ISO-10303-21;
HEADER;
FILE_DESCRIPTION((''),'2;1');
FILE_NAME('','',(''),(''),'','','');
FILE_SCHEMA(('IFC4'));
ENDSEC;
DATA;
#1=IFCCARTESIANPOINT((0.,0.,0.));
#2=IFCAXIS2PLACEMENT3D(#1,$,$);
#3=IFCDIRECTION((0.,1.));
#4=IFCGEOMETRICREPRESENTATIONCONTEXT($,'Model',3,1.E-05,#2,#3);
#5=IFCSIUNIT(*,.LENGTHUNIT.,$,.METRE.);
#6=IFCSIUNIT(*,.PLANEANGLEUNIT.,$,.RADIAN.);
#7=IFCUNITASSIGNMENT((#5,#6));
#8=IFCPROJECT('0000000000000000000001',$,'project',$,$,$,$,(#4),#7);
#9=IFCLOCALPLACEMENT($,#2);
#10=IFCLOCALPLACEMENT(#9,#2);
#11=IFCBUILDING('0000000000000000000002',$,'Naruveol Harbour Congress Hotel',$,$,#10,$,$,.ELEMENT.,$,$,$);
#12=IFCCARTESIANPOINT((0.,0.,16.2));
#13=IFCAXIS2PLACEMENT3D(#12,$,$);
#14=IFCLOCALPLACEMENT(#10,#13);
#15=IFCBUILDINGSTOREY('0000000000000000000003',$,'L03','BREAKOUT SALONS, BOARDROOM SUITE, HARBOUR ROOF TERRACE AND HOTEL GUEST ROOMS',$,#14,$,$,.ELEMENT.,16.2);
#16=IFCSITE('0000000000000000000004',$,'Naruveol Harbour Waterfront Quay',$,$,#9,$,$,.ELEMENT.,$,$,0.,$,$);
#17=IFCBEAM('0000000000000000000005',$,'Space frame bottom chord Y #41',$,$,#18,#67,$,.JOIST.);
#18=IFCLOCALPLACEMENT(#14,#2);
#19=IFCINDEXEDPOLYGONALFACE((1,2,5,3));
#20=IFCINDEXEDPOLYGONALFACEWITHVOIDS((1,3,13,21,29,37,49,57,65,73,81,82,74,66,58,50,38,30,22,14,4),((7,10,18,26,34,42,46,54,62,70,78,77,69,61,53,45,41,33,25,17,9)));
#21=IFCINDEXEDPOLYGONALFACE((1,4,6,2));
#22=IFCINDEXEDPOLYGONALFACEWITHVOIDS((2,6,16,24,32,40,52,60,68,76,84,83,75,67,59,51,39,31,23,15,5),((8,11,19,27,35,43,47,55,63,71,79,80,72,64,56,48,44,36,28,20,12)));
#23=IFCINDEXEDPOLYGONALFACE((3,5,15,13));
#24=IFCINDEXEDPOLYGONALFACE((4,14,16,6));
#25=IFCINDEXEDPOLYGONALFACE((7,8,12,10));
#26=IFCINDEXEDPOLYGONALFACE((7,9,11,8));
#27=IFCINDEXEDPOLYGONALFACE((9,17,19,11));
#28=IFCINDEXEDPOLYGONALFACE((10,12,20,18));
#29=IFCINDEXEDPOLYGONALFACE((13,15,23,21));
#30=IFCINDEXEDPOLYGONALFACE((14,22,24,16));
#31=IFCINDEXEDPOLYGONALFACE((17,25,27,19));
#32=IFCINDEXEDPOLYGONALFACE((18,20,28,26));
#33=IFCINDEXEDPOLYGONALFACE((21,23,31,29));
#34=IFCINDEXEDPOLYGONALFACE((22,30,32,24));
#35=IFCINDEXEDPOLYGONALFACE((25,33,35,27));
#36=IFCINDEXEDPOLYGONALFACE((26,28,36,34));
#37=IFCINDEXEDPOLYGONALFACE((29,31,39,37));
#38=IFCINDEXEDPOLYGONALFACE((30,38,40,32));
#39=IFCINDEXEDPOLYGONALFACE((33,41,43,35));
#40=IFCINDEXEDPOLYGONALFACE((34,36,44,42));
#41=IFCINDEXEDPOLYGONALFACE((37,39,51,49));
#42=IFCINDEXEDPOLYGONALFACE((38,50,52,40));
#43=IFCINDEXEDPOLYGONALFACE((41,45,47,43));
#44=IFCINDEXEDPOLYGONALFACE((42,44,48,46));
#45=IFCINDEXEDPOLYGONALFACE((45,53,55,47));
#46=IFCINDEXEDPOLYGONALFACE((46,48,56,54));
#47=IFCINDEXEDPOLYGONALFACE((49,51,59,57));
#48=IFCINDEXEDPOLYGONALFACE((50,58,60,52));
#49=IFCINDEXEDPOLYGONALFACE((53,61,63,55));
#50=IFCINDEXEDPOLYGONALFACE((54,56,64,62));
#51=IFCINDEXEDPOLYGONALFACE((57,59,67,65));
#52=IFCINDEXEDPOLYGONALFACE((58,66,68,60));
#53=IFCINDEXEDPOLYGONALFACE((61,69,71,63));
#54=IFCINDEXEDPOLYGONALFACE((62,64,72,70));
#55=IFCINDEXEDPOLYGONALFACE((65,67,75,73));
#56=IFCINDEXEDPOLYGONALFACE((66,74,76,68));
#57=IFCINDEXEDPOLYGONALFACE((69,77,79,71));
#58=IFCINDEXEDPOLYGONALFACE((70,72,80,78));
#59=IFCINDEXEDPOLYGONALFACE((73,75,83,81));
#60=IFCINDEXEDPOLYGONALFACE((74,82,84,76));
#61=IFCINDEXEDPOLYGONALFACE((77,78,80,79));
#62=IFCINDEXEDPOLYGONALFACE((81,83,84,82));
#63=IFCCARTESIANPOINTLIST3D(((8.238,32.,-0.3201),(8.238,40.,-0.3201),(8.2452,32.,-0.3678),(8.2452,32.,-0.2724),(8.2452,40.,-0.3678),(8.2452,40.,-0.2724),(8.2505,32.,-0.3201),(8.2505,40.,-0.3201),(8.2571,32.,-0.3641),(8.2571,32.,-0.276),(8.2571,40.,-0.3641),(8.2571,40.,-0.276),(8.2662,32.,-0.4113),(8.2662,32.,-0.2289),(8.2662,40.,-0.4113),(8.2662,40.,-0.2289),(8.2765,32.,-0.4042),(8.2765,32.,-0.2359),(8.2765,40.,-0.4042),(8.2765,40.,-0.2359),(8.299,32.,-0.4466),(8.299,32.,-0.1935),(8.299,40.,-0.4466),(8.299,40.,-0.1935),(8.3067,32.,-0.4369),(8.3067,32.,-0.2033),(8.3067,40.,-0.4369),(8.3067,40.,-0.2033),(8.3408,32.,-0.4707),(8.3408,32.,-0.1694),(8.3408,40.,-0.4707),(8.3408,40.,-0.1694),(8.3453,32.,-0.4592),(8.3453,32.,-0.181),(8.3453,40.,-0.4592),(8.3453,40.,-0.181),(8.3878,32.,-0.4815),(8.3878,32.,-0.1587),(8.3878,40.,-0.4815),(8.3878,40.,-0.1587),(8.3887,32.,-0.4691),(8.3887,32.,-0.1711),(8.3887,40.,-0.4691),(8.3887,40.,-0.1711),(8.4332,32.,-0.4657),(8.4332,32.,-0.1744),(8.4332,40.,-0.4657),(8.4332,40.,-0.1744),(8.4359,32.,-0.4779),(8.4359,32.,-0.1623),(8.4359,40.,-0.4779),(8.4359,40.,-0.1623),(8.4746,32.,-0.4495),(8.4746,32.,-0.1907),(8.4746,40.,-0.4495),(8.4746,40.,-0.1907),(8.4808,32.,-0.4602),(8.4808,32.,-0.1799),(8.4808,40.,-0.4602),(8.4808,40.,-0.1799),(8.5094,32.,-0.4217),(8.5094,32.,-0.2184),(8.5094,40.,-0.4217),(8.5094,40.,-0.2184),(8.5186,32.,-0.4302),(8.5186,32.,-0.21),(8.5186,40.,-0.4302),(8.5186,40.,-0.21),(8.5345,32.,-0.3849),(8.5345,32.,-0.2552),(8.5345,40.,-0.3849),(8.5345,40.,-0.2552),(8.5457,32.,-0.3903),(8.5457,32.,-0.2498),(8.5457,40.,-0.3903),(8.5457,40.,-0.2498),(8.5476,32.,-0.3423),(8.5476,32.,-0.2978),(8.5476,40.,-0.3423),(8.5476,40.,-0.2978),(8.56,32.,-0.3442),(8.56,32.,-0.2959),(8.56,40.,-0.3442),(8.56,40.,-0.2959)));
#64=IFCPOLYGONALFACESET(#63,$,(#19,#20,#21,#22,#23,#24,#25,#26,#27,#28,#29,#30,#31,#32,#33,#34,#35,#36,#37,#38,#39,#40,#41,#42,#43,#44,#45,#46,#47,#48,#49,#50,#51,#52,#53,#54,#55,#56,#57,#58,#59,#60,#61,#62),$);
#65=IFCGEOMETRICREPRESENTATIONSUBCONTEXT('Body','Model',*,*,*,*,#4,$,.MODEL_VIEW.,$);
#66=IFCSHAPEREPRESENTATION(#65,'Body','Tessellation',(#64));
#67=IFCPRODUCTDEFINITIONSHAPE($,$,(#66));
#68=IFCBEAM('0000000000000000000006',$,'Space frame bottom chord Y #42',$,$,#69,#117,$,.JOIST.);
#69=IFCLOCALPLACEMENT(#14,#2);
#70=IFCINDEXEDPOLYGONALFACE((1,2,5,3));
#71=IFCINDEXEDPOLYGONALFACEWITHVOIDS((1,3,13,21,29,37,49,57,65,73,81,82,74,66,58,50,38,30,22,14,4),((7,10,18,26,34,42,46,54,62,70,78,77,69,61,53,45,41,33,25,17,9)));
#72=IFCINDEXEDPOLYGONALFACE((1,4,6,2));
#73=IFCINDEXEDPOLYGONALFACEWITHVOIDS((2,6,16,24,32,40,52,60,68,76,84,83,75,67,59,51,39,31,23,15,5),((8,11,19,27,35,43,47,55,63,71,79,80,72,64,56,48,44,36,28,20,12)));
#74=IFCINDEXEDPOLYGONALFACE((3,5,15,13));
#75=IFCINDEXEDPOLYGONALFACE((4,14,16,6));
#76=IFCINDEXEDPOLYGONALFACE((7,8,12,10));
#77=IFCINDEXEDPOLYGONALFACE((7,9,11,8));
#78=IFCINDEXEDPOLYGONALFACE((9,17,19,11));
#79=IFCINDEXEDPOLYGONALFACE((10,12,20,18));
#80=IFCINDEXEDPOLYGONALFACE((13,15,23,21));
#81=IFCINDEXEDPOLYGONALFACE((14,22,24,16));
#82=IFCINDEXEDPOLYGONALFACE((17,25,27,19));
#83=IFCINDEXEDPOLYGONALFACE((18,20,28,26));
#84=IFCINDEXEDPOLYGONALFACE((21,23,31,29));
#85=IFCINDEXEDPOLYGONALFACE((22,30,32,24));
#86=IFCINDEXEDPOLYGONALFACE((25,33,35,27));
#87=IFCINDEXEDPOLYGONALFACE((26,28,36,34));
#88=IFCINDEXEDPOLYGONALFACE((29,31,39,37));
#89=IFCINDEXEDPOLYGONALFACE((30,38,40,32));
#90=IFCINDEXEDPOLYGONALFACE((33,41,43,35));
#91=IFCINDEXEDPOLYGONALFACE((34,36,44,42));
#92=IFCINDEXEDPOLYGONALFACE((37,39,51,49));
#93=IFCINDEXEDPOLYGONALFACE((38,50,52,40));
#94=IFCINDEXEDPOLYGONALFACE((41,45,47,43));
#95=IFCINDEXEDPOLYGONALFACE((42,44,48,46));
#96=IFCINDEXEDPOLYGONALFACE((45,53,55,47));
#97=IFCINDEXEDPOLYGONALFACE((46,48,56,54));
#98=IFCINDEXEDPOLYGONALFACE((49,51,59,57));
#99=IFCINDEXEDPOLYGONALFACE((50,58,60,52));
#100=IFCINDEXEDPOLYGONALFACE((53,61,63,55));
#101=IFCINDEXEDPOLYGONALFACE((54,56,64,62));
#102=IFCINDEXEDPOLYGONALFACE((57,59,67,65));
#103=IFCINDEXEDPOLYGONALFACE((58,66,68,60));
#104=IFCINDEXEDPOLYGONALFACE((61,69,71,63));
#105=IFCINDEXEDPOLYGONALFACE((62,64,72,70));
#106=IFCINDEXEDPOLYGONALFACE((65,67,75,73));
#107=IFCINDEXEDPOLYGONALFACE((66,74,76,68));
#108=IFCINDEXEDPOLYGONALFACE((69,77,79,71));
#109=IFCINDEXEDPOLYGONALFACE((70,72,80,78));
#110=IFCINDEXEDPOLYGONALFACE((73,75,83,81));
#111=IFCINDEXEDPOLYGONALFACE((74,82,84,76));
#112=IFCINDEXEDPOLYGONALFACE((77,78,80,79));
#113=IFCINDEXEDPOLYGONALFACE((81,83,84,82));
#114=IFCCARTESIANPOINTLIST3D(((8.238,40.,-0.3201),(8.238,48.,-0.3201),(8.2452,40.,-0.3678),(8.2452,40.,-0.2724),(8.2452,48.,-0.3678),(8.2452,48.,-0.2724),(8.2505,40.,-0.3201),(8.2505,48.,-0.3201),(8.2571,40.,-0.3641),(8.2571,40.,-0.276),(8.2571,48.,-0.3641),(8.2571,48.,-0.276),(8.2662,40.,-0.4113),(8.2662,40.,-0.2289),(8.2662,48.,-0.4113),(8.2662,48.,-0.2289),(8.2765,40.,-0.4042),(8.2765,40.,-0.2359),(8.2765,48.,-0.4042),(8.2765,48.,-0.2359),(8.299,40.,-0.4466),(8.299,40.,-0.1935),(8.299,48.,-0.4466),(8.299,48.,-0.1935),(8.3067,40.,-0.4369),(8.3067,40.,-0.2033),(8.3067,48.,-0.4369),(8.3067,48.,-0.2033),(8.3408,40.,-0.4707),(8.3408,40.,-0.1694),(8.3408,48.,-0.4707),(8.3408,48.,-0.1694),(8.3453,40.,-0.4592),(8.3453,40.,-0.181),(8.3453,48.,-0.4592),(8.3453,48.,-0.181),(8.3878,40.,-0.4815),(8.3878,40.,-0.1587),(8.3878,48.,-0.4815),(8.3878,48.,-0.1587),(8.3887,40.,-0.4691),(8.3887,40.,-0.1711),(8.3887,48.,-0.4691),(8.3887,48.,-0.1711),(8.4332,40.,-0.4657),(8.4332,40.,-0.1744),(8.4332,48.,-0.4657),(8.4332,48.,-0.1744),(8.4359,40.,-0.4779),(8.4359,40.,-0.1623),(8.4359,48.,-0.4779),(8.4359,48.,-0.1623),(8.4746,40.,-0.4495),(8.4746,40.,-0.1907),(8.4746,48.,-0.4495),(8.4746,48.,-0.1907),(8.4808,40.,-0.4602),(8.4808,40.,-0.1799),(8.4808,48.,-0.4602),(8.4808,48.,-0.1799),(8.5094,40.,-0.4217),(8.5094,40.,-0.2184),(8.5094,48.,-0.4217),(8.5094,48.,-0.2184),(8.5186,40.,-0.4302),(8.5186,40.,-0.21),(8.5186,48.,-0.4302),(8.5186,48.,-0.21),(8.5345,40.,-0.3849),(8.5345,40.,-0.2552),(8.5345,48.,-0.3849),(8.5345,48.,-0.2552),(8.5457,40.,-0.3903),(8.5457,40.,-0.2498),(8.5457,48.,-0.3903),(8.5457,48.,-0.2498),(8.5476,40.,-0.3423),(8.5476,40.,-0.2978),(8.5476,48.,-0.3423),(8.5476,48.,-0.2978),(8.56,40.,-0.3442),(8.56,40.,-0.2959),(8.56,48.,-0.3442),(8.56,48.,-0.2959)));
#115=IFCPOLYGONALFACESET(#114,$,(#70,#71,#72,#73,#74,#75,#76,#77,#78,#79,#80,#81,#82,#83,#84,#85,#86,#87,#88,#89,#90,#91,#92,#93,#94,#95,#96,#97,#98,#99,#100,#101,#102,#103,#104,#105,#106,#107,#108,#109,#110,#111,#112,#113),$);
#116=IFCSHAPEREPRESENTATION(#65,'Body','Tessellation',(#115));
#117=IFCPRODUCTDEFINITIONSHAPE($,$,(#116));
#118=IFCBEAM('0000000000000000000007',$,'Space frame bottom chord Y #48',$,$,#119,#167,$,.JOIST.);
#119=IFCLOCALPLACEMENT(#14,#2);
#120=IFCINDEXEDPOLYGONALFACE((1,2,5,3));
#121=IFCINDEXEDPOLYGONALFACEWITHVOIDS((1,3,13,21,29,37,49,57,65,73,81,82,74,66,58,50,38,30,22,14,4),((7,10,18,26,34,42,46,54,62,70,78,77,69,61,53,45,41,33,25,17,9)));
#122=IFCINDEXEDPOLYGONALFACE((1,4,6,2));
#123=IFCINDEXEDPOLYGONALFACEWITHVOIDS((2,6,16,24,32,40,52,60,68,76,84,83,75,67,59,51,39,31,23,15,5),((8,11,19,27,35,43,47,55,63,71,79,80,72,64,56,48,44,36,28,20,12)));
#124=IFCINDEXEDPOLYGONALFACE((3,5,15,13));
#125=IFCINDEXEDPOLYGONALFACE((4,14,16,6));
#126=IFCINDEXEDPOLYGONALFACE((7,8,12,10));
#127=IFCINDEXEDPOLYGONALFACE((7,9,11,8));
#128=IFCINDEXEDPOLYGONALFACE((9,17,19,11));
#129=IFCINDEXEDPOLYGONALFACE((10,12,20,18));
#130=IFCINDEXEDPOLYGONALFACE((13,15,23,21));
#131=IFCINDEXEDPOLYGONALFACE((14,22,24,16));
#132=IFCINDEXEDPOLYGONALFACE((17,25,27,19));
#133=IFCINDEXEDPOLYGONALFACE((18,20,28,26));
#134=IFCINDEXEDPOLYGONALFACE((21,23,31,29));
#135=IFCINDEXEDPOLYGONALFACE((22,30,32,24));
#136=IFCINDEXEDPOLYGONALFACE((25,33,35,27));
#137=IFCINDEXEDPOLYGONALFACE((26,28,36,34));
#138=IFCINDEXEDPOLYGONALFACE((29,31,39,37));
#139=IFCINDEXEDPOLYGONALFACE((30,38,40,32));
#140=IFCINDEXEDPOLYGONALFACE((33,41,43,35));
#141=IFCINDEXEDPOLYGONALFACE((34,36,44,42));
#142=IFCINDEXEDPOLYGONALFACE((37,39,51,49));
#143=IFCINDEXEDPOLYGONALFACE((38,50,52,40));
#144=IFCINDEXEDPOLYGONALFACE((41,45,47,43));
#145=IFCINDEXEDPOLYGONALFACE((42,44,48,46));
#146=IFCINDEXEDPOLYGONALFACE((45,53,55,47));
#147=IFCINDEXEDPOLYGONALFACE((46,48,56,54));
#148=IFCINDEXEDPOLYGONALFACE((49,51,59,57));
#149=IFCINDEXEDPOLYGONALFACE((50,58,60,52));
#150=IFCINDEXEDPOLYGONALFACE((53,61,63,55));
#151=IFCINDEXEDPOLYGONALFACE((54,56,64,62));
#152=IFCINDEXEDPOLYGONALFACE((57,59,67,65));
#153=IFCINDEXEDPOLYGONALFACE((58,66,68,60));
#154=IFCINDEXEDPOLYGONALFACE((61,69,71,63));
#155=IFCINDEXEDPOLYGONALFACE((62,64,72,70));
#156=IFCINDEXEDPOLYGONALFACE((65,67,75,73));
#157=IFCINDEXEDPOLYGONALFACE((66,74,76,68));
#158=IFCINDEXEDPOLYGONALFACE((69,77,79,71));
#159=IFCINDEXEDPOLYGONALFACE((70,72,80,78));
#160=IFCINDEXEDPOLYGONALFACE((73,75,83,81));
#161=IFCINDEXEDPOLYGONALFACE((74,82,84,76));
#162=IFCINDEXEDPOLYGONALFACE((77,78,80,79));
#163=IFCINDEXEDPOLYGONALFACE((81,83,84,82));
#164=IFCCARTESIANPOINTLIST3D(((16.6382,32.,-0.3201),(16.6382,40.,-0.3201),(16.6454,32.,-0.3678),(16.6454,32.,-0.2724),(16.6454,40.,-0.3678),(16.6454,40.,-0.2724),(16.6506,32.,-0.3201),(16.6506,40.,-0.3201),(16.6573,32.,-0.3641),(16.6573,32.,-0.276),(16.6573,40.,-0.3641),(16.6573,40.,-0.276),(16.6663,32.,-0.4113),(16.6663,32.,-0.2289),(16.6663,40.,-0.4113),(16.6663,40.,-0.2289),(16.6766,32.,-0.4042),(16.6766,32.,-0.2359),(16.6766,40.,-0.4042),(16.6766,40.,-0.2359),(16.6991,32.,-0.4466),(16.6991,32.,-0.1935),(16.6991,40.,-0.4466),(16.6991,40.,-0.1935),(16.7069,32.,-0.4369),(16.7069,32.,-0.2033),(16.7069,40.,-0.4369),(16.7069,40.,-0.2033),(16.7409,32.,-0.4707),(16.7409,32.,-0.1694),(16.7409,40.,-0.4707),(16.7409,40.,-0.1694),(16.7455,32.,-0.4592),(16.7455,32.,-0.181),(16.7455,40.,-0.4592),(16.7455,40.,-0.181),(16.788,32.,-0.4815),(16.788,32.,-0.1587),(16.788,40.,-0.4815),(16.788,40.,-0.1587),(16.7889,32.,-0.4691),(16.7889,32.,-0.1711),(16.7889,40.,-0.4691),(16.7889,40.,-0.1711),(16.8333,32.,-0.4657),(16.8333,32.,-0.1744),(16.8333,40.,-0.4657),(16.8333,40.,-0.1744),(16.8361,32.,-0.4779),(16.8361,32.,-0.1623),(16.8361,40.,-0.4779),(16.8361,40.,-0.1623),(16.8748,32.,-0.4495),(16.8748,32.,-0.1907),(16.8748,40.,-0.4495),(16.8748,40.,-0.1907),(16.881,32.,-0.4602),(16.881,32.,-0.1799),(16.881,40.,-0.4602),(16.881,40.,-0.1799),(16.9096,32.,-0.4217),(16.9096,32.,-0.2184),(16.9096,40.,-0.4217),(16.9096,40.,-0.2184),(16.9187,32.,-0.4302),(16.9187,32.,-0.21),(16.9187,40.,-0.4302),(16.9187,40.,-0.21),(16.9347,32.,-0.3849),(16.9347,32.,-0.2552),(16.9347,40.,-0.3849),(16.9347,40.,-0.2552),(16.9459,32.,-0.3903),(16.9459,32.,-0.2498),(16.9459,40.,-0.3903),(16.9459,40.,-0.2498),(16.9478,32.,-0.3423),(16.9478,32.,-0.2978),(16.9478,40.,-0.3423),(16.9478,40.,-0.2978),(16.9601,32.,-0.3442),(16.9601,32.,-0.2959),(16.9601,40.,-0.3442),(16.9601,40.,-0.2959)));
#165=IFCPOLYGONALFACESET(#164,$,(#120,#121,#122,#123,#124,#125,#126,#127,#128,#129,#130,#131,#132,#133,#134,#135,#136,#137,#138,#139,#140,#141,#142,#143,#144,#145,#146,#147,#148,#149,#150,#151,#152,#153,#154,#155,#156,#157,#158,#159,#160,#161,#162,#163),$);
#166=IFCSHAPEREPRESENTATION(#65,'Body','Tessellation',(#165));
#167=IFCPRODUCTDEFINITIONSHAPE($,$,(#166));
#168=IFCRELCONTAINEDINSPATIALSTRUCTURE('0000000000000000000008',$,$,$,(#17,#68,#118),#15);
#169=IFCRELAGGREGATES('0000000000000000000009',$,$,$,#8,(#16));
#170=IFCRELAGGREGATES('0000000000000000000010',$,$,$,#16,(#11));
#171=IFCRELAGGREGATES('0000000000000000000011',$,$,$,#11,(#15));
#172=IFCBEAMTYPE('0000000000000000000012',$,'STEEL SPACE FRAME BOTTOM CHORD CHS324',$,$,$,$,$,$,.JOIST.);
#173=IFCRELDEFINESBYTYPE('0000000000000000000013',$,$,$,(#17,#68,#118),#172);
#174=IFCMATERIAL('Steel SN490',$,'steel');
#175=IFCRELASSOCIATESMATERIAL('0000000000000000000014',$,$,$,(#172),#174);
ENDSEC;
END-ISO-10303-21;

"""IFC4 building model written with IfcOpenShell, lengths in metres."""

from ifc_helpers import new_model, si_unit, direction, frame, origin, origin_2d, place, context, subcontext, project, spatial, hollow_circle, extrude, material, material_profile, profile_set, type_object, element, save


model = new_model("IFC4")

# Units and contexts
model_context = context("Model", 3, precision=1e-05, world=origin(), true_north=direction((0.0, 1.0)))
body_context = subcontext(model_context, "Body", "Model", "MODEL_VIEW")
ifc_project = project(units=[si_unit("LENGTHUNIT", "METRE"), si_unit("PLANEANGLEUNIT", "RADIAN")], contexts=[model_context])

# Site, building, storey
site_placement = place(None, origin())
site = spatial("IfcSite", under=ifc_project, at=site_placement, Name="Naruveol Harbour Waterfront Quay", CompositionType="ELEMENT", RefElevation=0.0)
building_placement = place(site_placement, origin())
building = spatial("IfcBuilding", under=site, at=building_placement, Name="Naruveol Harbour Congress Hotel", CompositionType="ELEMENT")
storey_placement = place(building_placement, frame((0.0, 0.0, 16.2)))
storey = spatial("IfcBuildingStorey", under=building, at=storey_placement, Name="L03", Description="BREAKOUT SALONS, BOARDROOM SUITE, HARBOUR ROOF TERRACE AND HOTEL GUEST ROOMS", CompositionType="ELEMENT", Elevation=16.2)

# Beams
ifc_material_1 = material(Name="Steel SN490", Category="steel")
ifc_material_profile_1 = material_profile(ifc_material_1, hollow_circle(Radius=0.1619, WallThickness=0.0125, at=origin_2d()), Name="CHS-323.9x12.5")
ifc_profile_set_1 = profile_set([ifc_material_profile_1], Name="Steel SN490")
beam_type_1 = type_object("IfcBeamType", Name="STEEL SPACE FRAME BOTTOM CHORD CHS324", PredefinedType="JOIST", material=ifc_profile_set_1)
for number, where, z_axis, x_axis, name in (
    (1, (8.3999, 32.0, -0.3201), (0.0, 1.0, 0.0), (-1.0, 0.0, 0.0), "Space frame bottom chord Y #41"),
    (2, (8.3999, 40.0, -0.3201), (0.0, 1.0, 0.0), (-1.0, 0.0, 0.0), "Space frame bottom chord Y #42"),
    (3, (16.8, 32.0, -0.3201), (0.0, 1.0, 0.0), (-1.0, 0.0, 0.0), "Space frame bottom chord Y #48"),
):
    element("IfcBeam", number, at=place(storey_placement, frame(where, z_axis=z_axis, x_axis=x_axis)), inside=storey, type_object=beam_type_1, Name=name, PredefinedType="JOIST", context=body_context, shape_type="SweptSolid", body=[
        extrude(hollow_circle(Radius=0.1619, WallThickness=0.0125, at=origin_2d()), origin(), (0.0, 0.0, 1.0), 8.0),
    ])

save(model, "model.ifc")
